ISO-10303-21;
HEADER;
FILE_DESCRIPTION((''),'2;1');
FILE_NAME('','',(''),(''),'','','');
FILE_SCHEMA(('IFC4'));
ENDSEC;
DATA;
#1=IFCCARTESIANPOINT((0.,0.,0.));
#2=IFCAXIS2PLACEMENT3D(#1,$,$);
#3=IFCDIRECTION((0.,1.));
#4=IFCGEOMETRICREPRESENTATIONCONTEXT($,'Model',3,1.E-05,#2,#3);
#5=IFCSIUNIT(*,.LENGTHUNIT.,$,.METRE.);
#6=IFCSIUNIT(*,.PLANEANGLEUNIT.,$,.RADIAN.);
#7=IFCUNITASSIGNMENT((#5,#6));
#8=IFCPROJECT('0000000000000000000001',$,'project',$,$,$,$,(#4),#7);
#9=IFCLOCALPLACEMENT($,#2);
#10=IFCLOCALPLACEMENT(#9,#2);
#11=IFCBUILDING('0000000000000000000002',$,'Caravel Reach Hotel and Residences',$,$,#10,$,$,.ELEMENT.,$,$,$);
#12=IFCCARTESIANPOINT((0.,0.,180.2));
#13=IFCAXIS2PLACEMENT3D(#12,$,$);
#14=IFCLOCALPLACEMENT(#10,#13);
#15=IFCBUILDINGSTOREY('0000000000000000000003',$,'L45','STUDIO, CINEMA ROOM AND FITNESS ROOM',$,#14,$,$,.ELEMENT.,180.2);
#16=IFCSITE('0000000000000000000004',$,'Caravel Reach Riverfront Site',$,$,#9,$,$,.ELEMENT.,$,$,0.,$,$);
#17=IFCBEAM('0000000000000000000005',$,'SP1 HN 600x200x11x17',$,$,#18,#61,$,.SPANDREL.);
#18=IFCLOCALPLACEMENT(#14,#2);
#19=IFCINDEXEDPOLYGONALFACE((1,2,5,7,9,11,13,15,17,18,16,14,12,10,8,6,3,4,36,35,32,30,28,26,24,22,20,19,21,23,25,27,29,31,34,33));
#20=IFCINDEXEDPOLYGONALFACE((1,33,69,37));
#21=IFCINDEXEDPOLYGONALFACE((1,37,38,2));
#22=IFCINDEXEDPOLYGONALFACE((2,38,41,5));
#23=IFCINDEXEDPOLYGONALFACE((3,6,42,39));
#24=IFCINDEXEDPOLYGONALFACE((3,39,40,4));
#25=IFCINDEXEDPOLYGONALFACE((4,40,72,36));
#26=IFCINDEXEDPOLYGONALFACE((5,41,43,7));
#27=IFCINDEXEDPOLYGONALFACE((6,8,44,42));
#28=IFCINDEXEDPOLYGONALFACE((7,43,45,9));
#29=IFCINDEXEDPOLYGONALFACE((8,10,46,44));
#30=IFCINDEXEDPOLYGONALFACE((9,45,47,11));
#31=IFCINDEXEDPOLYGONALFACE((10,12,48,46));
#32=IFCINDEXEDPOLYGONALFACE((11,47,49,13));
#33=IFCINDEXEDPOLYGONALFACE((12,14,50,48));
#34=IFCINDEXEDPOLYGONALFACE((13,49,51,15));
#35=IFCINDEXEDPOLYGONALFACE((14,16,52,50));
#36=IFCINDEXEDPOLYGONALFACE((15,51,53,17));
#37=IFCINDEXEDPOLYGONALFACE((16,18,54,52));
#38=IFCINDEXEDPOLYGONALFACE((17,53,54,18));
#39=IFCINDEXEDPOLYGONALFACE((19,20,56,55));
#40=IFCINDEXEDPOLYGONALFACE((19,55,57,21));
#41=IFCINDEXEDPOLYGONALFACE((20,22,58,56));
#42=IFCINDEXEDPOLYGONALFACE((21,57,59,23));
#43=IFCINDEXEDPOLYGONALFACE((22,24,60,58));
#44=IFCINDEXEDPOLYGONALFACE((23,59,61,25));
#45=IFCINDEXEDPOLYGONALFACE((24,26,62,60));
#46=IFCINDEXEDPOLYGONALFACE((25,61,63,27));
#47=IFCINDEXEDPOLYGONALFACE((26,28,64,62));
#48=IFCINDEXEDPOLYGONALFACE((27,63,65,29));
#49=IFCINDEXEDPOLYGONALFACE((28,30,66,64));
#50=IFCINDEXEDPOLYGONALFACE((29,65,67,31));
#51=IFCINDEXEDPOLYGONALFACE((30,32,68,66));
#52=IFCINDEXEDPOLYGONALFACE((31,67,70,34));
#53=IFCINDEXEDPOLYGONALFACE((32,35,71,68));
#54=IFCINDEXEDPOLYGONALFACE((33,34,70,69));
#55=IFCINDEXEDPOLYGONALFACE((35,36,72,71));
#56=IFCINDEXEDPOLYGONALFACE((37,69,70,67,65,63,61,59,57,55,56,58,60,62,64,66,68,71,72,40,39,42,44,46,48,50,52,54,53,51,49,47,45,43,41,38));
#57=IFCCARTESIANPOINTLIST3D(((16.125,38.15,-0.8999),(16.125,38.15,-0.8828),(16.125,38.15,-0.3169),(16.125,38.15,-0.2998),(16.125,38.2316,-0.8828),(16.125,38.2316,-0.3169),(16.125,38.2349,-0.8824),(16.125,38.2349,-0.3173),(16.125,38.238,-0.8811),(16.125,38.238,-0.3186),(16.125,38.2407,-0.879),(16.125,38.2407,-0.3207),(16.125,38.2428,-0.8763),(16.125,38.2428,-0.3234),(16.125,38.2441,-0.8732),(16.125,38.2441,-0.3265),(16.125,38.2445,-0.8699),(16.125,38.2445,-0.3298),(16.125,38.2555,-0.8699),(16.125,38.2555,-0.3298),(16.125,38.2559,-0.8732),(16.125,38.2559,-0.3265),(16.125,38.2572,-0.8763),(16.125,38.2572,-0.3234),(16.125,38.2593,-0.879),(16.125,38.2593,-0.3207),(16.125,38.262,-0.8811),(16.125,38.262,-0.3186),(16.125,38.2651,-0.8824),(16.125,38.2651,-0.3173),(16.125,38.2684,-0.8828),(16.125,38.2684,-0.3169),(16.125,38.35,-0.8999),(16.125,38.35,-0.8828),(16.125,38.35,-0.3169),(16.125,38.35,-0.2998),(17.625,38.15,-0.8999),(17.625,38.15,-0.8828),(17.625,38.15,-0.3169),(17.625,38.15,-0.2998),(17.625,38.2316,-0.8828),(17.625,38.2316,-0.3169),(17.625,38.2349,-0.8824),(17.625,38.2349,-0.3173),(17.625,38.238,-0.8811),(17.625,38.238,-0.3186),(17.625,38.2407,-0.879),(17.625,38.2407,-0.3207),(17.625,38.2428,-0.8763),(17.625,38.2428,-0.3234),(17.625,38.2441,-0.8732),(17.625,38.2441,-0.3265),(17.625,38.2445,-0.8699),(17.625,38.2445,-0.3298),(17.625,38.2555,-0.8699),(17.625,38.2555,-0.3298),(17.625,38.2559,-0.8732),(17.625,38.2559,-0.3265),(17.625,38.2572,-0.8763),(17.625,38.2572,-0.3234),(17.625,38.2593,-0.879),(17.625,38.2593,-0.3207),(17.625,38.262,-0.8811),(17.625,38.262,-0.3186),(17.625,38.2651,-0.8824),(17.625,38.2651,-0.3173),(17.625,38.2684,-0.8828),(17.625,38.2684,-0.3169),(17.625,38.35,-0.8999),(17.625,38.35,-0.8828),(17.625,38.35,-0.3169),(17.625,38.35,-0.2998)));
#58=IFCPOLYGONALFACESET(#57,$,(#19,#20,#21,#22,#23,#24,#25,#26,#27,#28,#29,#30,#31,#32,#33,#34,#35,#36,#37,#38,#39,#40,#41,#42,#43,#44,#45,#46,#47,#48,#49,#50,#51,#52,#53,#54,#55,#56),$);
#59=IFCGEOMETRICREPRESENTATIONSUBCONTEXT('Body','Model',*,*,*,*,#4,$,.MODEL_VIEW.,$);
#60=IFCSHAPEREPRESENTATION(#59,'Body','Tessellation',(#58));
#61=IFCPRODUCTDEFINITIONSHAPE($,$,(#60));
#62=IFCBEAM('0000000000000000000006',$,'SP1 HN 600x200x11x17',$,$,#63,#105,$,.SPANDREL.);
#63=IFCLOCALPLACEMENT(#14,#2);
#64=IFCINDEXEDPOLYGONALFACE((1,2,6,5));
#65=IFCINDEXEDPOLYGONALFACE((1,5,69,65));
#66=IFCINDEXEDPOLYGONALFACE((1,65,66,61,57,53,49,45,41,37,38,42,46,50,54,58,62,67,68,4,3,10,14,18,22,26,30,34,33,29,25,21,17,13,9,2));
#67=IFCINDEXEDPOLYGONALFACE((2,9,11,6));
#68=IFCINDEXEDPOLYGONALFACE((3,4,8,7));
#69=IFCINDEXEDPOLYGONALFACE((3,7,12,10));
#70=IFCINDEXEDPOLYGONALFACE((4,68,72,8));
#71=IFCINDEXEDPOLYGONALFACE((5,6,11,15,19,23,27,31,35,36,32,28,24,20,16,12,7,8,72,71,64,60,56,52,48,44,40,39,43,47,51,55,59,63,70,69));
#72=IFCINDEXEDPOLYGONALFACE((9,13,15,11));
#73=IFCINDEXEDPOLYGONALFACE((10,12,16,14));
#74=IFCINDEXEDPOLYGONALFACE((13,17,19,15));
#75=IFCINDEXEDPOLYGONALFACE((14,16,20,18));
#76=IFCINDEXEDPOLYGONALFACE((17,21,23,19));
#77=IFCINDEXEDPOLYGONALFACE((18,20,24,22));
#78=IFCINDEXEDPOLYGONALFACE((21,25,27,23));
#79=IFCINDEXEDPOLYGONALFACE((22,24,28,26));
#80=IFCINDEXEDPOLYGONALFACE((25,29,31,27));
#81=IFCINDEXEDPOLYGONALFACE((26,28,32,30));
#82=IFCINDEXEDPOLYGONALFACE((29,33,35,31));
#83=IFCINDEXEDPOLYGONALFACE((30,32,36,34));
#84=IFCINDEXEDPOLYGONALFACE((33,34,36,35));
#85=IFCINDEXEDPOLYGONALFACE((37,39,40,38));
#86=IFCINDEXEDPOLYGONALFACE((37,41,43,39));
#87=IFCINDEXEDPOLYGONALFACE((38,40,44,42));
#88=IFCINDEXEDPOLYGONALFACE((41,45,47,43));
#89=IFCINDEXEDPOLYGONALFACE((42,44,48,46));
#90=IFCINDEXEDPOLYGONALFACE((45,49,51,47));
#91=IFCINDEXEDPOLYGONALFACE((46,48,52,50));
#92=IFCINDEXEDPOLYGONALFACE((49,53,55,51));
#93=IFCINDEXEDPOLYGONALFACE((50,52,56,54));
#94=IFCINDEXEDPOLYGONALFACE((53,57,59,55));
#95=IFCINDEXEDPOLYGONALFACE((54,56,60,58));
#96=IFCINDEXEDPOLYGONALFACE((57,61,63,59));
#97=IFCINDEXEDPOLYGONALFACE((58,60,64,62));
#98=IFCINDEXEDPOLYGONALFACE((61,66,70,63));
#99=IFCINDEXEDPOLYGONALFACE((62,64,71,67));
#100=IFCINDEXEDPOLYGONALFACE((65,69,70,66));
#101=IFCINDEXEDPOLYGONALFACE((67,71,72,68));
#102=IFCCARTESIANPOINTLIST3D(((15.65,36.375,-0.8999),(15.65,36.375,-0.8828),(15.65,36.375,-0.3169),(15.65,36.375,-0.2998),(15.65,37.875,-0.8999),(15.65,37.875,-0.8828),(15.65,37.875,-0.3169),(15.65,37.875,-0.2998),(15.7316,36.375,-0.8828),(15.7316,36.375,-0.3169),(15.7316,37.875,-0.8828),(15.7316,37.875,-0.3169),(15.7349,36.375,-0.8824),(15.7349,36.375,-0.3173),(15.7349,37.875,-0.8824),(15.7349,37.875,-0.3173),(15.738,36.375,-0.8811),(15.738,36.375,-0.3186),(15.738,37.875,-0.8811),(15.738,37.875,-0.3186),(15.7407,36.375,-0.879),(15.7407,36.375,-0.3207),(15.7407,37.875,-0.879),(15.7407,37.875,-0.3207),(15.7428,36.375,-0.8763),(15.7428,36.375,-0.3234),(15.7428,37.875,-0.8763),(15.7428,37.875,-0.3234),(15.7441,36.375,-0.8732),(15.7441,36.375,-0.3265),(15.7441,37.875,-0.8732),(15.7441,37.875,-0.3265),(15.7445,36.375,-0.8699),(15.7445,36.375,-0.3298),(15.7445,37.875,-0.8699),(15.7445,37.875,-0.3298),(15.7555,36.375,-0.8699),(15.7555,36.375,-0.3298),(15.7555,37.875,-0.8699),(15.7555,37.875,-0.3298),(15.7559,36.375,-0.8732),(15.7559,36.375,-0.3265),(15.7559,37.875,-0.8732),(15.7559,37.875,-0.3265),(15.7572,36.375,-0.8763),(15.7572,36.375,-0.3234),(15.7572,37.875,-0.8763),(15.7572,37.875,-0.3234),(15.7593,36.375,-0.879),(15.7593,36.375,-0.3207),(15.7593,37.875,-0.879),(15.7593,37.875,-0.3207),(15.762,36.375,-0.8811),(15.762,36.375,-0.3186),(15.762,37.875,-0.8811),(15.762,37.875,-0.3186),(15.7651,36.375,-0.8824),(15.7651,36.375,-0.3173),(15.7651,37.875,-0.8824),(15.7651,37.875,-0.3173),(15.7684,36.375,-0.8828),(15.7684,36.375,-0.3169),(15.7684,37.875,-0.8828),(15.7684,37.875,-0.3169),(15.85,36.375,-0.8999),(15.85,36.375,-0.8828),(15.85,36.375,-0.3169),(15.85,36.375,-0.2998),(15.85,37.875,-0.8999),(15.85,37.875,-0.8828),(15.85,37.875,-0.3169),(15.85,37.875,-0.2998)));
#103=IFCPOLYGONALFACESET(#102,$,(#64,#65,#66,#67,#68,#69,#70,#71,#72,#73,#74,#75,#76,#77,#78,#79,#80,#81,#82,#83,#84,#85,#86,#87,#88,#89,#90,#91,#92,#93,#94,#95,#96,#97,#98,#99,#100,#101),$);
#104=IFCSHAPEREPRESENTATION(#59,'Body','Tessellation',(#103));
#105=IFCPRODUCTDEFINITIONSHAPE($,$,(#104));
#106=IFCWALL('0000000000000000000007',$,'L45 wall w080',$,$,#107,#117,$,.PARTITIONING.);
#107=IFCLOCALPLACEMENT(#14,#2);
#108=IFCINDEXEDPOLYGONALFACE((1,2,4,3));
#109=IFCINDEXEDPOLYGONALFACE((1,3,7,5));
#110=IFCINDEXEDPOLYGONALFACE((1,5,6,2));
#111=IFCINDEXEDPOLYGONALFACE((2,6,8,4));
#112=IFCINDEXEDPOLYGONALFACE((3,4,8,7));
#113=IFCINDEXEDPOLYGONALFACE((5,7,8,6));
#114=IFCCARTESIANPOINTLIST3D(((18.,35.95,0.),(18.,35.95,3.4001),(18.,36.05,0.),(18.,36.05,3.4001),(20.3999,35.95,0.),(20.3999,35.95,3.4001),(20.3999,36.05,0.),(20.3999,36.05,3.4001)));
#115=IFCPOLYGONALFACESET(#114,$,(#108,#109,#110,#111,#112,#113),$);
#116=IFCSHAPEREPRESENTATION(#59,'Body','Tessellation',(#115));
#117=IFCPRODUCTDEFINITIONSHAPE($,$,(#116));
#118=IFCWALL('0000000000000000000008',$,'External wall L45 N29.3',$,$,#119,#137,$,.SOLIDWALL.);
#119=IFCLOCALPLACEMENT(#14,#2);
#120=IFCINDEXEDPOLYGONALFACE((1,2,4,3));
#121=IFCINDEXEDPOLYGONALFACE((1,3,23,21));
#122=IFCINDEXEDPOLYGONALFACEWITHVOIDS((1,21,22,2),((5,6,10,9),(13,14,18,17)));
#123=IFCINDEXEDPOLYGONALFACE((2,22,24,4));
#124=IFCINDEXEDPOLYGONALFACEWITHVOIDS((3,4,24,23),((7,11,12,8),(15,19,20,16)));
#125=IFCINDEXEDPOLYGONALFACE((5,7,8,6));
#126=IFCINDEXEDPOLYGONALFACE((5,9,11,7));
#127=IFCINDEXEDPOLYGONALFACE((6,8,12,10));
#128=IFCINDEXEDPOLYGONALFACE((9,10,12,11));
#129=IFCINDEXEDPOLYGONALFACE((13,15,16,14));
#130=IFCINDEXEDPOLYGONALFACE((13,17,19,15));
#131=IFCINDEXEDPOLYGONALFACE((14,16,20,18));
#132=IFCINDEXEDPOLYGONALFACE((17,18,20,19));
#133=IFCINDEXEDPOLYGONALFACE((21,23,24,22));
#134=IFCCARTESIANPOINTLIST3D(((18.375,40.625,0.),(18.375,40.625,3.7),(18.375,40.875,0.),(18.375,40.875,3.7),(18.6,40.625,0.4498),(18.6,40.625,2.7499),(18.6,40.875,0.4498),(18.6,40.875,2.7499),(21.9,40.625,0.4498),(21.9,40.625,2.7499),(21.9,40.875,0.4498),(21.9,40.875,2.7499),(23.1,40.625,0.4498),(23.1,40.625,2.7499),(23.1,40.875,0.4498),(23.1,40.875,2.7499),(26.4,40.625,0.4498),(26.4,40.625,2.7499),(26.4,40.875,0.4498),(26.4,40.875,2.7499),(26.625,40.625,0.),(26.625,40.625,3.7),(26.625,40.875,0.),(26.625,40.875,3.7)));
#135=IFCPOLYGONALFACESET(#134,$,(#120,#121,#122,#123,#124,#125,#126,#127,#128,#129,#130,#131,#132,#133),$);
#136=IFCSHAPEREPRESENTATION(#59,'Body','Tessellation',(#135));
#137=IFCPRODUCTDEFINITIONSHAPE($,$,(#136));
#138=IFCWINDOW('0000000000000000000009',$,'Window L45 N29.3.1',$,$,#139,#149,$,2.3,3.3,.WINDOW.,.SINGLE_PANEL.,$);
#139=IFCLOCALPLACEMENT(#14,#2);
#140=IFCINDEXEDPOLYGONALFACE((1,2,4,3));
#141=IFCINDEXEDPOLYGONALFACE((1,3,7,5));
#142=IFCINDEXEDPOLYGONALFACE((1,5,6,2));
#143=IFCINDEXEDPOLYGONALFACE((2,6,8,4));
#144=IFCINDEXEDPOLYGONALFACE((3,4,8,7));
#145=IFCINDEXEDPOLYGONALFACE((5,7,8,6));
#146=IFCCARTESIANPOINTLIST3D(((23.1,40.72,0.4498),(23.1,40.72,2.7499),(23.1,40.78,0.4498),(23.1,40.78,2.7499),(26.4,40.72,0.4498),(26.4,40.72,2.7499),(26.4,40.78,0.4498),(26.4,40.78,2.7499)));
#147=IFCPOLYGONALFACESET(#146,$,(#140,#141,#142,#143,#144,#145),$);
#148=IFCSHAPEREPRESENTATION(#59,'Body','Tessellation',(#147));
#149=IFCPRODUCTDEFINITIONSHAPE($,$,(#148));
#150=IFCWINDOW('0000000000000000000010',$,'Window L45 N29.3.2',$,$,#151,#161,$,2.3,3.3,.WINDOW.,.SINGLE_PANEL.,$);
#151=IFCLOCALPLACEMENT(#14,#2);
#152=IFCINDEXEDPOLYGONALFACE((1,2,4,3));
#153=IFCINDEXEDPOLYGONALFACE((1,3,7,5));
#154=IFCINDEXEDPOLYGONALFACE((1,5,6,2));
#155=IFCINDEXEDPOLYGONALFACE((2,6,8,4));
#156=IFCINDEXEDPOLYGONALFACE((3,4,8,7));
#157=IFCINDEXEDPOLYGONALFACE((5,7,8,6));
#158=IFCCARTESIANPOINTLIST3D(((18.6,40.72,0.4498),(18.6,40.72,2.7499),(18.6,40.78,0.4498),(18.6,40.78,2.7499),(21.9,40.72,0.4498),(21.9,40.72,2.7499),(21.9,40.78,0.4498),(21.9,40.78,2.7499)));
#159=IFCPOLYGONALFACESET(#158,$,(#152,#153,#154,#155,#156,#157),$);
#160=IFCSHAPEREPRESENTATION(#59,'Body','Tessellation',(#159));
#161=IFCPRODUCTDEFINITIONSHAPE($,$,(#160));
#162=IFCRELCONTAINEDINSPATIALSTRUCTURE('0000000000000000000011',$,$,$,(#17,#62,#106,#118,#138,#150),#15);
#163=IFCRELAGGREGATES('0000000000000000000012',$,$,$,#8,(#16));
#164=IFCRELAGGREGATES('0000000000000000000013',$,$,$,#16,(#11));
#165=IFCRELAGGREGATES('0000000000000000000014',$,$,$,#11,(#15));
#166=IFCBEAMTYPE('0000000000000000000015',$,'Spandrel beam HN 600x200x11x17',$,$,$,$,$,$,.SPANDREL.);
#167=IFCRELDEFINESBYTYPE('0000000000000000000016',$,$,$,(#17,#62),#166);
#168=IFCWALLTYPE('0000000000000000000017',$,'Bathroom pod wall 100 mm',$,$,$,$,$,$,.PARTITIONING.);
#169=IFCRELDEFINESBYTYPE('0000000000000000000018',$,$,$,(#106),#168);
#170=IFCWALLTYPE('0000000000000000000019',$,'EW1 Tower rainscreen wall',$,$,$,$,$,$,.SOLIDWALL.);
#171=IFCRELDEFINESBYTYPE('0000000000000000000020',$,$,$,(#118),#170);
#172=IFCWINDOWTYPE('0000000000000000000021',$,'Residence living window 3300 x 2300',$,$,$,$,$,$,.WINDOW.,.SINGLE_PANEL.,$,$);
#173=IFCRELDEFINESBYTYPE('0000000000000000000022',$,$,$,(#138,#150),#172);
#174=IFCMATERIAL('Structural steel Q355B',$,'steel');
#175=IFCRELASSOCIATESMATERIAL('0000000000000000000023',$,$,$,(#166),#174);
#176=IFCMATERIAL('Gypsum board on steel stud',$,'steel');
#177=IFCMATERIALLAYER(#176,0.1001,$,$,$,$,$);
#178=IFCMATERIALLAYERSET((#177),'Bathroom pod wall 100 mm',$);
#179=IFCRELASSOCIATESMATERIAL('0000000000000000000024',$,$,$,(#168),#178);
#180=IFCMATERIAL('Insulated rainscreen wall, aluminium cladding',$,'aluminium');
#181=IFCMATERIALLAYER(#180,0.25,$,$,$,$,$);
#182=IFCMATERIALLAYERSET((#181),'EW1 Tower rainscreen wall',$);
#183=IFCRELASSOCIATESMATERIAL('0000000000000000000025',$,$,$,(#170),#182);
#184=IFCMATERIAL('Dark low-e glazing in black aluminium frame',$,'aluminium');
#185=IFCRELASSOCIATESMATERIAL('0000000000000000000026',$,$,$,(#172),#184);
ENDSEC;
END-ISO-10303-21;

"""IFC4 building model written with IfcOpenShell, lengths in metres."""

from ifc_helpers import new_model, si_unit, direction, frame, frame_2d, origin, origin_2d, place, context, subcontext, project, spatial, rectangle, i_section, extrude, material, layer, layer_set, material_profile, profile_set, type_object, element, fill, save


model = new_model("IFC4")

# Units and contexts
model_context = context("Model", 3, precision=1e-05, world=origin(), true_north=direction((0.0, 1.0)))
body_context = subcontext(model_context, "Body", "Model", "MODEL_VIEW")
ifc_project = project(units=[si_unit("LENGTHUNIT", "METRE"), si_unit("PLANEANGLEUNIT", "RADIAN")], contexts=[model_context])

# Site, building, storey
site_placement = place(None, origin())
site = spatial("IfcSite", under=ifc_project, at=site_placement, Name="Caravel Reach Riverfront Site", CompositionType="ELEMENT", RefElevation=0.0)
building_placement = place(site_placement, origin())
building = spatial("IfcBuilding", under=site, at=building_placement, Name="Caravel Reach Hotel and Residences", CompositionType="ELEMENT")
storey_placement = place(building_placement, frame((0.0, 0.0, 180.2)))
storey = spatial("IfcBuildingStorey", under=building, at=storey_placement, Name="L45", Description="STUDIO, CINEMA ROOM AND FITNESS ROOM", CompositionType="ELEMENT", Elevation=180.2)

# Beams
ifc_material_1 = material(Name="Structural steel Q355B", Category="steel")
ifc_material_profile_1 = material_profile(ifc_material_1, i_section(OverallWidth=0.2, OverallDepth=0.6001, WebThickness=0.011, FlangeThickness=0.0171, FilletRadius=0.0129, at=origin_2d()), Name="HN 600x200x11x17")
ifc_profile_set_1 = profile_set([ifc_material_profile_1], Name="Structural steel Q355B")
beam_type = type_object("IfcBeamType", Name="Spandrel beam HN 600x200x11x17", PredefinedType="SPANDREL", material=ifc_profile_set_1)
for number, where, z_axis, x_axis, name in (
    (1, (17.625, 38.25, -0.5999), (-1.0, 0.0, 0.0), (0.0, -1.0, 0.0), "SP1 HN 600x200x11x17"),
    (2, (15.75, 37.875, -0.5999), (0.0, -1.0, 0.0), (1.0, 0.0, 0.0), "SP1 HN 600x200x11x17"),
):
    element("IfcBeam", number, at=place(storey_placement, frame(where, z_axis=z_axis, x_axis=x_axis)), inside=storey, type_object=beam_type, Name=name, PredefinedType="SPANDREL", context=body_context, shape_type="SweptSolid", body=[
        extrude(i_section(OverallWidth=0.2, OverallDepth=0.6001, WebThickness=0.011, FlangeThickness=0.0171, FilletRadius=0.0129, at=origin_2d()), origin(), (0.0, 0.0, 1.0), 1.5),
    ])

# Wall
ifc_material_2 = material(Name="Gypsum board on steel stud", Category="steel")
ifc_layer_1 = layer(ifc_material_2, 0.1001)
ifc_layer_set_1 = layer_set([ifc_layer_1], Name="Bathroom pod wall 100 mm")
wall_type_1 = type_object("IfcWallType", Name="Bathroom pod wall 100 mm", PredefinedType="PARTITIONING", material=ifc_layer_set_1)
wall_1_placement = place(storey_placement, frame((18.0, 36.0, 0.0), z_axis=(0.0, 0.0, 1.0), x_axis=(1.0, 0.0, 0.0)))
element("IfcWall", 3, at=wall_1_placement, inside=storey, type_object=wall_type_1, Name="L45 wall w080", PredefinedType="PARTITIONING", context=body_context, shape_type="SweptSolid", body=[
    extrude(rectangle(XDim=2.3999, YDim=0.1001, at=frame_2d((1.2, 0.0))), origin(), (0.0, 0.0, 1.0), 3.4001),
])

# Wall, openings, windows
ifc_material_3 = material(Name="Insulated rainscreen wall, aluminium cladding", Category="aluminium")
ifc_layer_2 = layer(ifc_material_3, 0.25)
ifc_layer_set_2 = layer_set([ifc_layer_2], Name="EW1 Tower rainscreen wall")
wall_type_2 = type_object("IfcWallType", Name="EW1 Tower rainscreen wall", PredefinedType="SOLIDWALL", material=ifc_layer_set_2)
wall_2_placement = place(storey_placement, frame((26.625, 40.75, 0.0), z_axis=(0.0, 0.0, 1.0), x_axis=(-1.0, 0.0, 0.0)))
wall_2 = element("IfcWall", 4, at=wall_2_placement, inside=storey, type_object=wall_type_2, Name="External wall L45 N29.3", PredefinedType="SOLIDWALL", context=body_context, shape_type="SweptSolid", body=[
    extrude(rectangle(XDim=8.25, YDim=0.25, at=frame_2d((4.125, 0.0))), origin(), (0.0, 0.0, 1.0), 3.7),
])
opening_1_placement = place(wall_2_placement, frame((0.2251, 0.0, 0.45)))
opening_1 = element("IfcOpeningElement", 5, at=opening_1_placement, cuts=wall_2, PredefinedType="OPENING", context=body_context, shape_type="SweptSolid", body=[
    extrude(rectangle(XDim=3.3, YDim=2.3, at=frame_2d((1.6499, 1.1499))), frame((0.0, 0.135, 0.0), z_axis=(0.0, -1.0, 0.0), x_axis=(1.0, 0.0, 0.0)), (0.0, 0.0, 1.0), 0.27),
])
opening_2_placement = place(wall_2_placement, frame((4.7251, 0.0, 0.45)))
opening_2 = element("IfcOpeningElement", 6, at=opening_2_placement, cuts=wall_2, PredefinedType="OPENING", context=body_context, shape_type="SweptSolid", body=[
    extrude(rectangle(XDim=3.3, YDim=2.3, at=frame_2d((1.6499, 1.1499))), frame((0.0, 0.135, 0.0), z_axis=(0.0, -1.0, 0.0), x_axis=(1.0, 0.0, 0.0)), (0.0, 0.0, 1.0), 0.27),
])
ifc_material_4 = material(Name="Dark low-e glazing in black aluminium frame", Category="aluminium")
window_type_1 = type_object("IfcWindowType", Name="Residence living window 3300 x 2300", PartitioningType="SINGLE_PANEL", PredefinedType="WINDOW", material=ifc_material_4)
window_1_placement = place(opening_1_placement, origin())
window_1 = element("IfcWindow", 7, at=window_1_placement, inside=storey, type_object=window_type_1, Name="Window L45 N29.3.1", OverallHeight=2.3, OverallWidth=3.3, PartitioningType="SINGLE_PANEL", PredefinedType="WINDOW", context=body_context, shape_type="SweptSolid", body=[
    extrude(rectangle(XDim=3.3, YDim=2.3, at=frame_2d((1.6499, 1.1499))), frame((0.0, 0.03, 0.0), z_axis=(0.0, -1.0, 0.0), x_axis=(1.0, 0.0, 0.0)), (0.0, 0.0, 1.0), 0.0601),
])
fill(opening_1, window_1)
window_2_placement = place(opening_2_placement, origin())
window_2 = element("IfcWindow", 8, at=window_2_placement, inside=storey, type_object=window_type_1, Name="Window L45 N29.3.2", OverallHeight=2.3, OverallWidth=3.3, PartitioningType="SINGLE_PANEL", PredefinedType="WINDOW", context=body_context, shape_type="SweptSolid", body=[
    extrude(rectangle(XDim=3.3, YDim=2.3, at=frame_2d((1.6499, 1.1499))), frame((0.0, 0.03, 0.0), z_axis=(0.0, -1.0, 0.0), x_axis=(1.0, 0.0, 0.0)), (0.0, 0.0, 1.0), 0.0601),
])
fill(opening_2, window_2)

save(model, "model.ifc")
